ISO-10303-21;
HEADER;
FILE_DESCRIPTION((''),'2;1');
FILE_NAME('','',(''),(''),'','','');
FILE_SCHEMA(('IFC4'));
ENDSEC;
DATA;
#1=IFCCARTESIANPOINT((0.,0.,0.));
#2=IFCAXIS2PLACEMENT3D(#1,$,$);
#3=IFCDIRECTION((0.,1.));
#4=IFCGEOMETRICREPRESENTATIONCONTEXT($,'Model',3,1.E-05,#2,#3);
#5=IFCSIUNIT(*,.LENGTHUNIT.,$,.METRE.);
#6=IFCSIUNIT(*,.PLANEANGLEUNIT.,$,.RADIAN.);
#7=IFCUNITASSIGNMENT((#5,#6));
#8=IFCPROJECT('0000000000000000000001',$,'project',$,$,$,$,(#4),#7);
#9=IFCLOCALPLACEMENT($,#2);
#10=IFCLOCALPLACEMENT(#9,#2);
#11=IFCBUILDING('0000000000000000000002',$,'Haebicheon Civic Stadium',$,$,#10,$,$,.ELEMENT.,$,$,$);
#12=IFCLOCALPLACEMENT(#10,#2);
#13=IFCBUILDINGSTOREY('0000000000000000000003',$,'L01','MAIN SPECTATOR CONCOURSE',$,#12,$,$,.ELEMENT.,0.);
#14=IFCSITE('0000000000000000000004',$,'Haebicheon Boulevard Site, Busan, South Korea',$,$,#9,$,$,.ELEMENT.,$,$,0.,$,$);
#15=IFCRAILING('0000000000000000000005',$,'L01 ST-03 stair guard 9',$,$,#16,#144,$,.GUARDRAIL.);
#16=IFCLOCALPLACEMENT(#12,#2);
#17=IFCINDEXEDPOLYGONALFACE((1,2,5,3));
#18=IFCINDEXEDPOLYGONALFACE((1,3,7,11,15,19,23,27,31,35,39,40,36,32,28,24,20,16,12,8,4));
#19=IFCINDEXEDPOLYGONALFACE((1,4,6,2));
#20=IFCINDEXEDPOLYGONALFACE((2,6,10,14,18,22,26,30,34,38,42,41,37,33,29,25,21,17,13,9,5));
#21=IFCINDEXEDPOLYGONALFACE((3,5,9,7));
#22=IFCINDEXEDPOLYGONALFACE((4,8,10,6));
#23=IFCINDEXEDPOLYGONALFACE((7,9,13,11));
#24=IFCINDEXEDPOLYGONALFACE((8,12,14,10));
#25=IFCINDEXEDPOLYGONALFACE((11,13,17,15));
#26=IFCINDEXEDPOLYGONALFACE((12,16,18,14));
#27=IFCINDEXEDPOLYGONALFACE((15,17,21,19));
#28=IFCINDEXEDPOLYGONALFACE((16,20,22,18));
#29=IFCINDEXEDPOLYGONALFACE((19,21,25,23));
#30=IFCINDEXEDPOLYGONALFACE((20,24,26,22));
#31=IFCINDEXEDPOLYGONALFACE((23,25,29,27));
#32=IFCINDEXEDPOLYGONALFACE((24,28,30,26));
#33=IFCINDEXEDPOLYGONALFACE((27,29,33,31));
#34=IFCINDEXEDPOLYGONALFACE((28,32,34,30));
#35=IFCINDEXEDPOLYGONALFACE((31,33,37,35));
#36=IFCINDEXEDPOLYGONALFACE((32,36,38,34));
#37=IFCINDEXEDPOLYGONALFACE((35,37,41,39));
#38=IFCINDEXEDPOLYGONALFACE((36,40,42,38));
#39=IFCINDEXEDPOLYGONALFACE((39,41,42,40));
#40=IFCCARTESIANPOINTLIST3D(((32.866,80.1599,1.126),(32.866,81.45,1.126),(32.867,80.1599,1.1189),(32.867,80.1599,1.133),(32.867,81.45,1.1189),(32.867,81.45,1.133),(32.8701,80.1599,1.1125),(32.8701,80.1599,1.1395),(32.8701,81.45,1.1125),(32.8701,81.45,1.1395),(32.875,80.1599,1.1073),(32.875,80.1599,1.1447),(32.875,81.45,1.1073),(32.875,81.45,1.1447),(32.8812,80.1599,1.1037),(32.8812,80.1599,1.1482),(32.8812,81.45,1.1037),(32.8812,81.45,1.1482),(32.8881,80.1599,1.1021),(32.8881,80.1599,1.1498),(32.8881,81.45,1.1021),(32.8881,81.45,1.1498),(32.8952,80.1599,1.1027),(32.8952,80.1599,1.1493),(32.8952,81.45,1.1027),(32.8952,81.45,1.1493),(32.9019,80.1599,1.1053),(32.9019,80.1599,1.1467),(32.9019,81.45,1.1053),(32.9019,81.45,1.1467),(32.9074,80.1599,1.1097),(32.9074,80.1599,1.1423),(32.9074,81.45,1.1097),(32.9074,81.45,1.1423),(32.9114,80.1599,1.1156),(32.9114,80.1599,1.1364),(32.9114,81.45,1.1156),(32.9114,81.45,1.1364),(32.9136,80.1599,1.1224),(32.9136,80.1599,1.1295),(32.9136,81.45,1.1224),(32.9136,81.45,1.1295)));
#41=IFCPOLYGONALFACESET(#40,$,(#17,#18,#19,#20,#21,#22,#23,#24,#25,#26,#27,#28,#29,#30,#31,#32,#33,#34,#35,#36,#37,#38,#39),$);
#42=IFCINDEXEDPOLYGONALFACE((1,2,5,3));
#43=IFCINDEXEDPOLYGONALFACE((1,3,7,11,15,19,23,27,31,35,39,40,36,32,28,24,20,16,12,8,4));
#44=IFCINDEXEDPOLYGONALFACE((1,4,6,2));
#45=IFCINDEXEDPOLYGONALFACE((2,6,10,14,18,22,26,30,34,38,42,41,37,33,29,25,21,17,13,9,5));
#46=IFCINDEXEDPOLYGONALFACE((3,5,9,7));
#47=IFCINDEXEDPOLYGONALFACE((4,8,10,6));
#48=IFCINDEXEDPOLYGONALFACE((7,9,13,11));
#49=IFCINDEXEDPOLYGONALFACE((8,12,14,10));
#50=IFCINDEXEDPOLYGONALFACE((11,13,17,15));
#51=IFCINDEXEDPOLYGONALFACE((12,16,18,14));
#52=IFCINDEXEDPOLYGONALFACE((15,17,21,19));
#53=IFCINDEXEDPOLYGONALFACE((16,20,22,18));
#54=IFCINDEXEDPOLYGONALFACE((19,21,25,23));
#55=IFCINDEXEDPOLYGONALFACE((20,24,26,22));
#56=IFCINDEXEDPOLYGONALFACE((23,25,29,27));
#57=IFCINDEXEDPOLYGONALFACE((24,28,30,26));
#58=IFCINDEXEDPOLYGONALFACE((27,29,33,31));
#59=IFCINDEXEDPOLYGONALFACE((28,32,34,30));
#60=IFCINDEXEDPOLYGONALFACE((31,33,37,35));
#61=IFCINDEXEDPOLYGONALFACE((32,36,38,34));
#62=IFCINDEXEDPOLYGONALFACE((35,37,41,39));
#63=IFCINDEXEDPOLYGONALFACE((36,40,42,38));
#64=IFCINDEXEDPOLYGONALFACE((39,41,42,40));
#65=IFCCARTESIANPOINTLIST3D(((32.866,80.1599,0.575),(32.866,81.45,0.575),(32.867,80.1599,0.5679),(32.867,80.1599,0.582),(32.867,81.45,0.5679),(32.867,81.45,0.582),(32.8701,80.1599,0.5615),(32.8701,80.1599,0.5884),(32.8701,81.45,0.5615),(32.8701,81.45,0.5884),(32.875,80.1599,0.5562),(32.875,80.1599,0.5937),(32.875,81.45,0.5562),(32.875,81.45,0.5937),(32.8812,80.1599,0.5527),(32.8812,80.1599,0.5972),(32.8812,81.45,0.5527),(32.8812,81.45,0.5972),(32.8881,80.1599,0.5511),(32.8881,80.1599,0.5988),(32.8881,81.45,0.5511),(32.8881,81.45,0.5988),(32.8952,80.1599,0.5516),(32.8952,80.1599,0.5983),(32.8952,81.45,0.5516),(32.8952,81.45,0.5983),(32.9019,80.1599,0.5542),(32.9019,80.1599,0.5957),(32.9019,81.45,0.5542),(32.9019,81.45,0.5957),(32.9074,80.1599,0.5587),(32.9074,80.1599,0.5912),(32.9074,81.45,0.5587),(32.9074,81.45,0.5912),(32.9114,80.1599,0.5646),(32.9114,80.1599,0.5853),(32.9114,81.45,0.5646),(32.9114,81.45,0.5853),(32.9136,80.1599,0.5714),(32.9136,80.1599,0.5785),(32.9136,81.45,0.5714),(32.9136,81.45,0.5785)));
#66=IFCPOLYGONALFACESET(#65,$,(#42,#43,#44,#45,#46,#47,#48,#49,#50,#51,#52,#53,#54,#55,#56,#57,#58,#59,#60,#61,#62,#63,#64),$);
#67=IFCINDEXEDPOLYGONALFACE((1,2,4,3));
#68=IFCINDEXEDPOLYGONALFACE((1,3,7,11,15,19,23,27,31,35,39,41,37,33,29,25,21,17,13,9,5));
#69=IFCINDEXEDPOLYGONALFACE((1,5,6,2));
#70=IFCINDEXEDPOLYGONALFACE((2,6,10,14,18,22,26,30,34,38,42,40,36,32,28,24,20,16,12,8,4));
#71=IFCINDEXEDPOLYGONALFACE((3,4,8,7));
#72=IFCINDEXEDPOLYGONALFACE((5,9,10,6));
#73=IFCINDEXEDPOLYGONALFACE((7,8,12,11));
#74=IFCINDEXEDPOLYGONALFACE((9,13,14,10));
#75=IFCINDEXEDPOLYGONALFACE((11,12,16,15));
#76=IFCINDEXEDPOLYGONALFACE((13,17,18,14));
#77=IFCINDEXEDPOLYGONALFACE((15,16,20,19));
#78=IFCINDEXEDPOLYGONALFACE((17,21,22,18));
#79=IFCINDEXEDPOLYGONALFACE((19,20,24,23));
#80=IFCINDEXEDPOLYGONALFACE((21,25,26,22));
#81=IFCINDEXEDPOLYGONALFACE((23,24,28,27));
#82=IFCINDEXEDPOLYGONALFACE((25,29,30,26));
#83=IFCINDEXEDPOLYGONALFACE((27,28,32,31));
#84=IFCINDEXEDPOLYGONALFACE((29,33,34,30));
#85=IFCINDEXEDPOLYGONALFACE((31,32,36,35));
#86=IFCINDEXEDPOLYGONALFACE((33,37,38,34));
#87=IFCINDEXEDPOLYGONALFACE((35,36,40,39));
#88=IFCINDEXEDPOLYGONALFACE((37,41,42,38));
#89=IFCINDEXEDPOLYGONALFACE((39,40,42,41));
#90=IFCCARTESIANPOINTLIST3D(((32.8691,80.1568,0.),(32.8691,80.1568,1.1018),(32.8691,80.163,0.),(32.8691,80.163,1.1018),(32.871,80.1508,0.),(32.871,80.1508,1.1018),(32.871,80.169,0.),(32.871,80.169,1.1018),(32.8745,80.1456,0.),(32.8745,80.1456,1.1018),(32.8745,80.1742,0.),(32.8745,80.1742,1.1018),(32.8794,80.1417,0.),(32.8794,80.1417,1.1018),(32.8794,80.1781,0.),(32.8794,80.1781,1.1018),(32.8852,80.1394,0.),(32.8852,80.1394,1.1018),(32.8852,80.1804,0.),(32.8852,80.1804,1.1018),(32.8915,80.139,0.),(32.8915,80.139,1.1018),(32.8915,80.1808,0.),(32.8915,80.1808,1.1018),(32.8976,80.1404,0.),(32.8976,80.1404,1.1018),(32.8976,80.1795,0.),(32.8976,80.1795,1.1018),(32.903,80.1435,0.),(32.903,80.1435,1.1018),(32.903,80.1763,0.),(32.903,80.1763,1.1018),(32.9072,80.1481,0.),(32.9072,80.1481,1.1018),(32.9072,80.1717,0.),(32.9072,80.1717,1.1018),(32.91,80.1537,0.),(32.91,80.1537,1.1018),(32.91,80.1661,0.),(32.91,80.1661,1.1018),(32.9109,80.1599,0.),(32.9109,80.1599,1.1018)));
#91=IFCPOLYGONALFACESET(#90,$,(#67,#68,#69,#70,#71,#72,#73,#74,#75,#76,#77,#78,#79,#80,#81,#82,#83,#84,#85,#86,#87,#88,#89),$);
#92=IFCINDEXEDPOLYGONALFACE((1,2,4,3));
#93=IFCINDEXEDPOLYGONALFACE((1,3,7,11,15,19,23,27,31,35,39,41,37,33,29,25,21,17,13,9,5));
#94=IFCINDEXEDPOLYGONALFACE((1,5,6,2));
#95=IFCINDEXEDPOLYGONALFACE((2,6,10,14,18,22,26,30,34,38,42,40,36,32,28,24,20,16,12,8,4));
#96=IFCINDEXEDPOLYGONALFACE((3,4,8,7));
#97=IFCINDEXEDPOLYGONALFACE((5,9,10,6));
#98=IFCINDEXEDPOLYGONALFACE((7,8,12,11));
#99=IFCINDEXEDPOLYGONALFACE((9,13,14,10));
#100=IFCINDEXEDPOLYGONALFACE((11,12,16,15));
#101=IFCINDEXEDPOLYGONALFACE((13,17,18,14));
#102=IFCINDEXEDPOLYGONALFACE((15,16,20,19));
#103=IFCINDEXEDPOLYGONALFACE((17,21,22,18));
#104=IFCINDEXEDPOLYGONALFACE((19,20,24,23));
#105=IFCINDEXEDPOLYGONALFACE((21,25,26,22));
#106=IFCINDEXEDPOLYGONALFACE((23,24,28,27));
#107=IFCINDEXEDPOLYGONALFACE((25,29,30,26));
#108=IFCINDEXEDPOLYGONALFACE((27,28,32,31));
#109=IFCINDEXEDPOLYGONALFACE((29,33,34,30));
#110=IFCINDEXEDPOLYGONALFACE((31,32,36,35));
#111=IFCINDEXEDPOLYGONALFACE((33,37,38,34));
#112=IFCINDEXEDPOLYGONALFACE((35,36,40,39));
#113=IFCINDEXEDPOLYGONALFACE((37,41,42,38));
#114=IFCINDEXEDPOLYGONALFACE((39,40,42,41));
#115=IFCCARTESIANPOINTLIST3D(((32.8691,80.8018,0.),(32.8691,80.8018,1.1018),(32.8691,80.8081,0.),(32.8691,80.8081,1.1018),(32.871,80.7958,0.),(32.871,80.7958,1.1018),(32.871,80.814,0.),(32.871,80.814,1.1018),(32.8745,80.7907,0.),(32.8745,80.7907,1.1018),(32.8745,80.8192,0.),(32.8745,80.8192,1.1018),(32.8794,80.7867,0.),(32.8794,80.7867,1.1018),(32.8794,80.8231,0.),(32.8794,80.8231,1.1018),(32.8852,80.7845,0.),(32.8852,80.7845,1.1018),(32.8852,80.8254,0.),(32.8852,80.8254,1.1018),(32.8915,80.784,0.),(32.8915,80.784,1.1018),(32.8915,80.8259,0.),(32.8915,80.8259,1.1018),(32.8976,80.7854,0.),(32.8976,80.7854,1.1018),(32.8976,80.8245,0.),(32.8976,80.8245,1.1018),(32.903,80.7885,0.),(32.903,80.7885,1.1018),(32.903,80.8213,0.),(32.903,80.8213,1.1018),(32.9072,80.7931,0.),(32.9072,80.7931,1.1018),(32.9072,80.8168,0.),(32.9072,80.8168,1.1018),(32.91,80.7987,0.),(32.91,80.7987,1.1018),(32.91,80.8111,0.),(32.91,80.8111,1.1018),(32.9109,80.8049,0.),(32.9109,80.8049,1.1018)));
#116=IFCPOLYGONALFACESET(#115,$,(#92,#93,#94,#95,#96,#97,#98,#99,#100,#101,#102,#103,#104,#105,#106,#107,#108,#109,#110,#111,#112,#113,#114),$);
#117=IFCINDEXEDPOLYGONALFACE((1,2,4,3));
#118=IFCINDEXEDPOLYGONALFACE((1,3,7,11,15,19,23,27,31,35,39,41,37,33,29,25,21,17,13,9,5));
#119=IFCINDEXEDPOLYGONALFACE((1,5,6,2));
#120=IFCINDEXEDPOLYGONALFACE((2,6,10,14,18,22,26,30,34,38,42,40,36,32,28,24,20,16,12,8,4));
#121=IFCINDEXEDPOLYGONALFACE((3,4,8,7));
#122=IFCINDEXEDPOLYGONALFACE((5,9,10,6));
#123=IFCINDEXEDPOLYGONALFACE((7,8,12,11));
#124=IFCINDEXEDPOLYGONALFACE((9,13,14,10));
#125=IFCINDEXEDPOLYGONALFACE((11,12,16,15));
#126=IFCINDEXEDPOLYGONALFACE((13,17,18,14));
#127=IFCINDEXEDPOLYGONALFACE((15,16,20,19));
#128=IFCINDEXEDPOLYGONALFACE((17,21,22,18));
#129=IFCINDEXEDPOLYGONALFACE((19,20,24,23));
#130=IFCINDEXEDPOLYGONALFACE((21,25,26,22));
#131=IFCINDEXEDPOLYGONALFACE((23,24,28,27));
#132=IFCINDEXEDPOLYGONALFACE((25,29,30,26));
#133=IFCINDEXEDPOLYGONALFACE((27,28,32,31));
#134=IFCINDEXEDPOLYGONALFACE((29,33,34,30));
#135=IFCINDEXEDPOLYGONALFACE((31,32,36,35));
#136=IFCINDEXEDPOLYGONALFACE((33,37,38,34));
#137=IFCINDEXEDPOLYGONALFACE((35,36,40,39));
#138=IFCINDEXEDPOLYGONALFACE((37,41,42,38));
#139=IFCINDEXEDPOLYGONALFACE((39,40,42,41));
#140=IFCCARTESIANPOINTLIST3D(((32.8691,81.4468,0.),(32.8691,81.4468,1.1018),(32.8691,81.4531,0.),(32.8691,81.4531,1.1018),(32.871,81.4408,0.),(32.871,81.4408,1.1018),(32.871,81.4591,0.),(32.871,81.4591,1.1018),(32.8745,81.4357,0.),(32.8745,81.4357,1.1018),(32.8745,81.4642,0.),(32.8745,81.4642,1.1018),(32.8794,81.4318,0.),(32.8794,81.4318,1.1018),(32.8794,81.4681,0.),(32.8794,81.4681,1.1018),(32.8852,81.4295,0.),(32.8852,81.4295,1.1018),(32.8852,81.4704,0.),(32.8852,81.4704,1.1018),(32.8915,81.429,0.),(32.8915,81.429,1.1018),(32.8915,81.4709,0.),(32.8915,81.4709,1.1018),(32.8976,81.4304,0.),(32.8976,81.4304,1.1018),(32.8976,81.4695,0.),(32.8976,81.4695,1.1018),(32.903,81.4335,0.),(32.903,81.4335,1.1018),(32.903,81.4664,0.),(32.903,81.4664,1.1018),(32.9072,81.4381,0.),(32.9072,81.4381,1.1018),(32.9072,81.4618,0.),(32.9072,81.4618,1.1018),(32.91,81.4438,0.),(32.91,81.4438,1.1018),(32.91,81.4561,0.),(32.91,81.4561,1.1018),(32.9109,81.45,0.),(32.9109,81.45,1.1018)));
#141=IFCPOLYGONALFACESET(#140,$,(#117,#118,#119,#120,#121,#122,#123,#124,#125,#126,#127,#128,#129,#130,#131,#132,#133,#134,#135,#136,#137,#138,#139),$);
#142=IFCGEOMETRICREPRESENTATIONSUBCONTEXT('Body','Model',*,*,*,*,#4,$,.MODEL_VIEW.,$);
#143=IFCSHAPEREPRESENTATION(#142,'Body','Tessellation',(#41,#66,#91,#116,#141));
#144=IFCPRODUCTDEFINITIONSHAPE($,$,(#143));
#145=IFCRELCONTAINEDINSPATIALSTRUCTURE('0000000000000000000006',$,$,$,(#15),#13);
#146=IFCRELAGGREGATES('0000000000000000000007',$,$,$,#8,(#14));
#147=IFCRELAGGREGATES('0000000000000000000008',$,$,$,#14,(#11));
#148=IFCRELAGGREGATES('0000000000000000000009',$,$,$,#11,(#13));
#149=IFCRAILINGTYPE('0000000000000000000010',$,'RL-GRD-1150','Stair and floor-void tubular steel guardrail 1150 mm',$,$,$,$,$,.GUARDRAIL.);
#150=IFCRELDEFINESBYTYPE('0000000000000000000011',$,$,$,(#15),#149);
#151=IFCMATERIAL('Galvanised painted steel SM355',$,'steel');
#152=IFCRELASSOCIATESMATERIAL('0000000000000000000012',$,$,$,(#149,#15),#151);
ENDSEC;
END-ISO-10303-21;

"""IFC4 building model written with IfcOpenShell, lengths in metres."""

from ifc_helpers import new_model, si_unit, direction, frame, origin, origin_2d, place, context, subcontext, project, spatial, circle, extrude, material, type_object, element, save


model = new_model("IFC4")

# Units and contexts
model_context = context("Model", 3, precision=1e-05, world=origin(), true_north=direction((0.0, 1.0)))
body_context = subcontext(model_context, "Body", "Model", "MODEL_VIEW")
ifc_project = project(units=[si_unit("LENGTHUNIT", "METRE"), si_unit("PLANEANGLEUNIT", "RADIAN")], contexts=[model_context])

# Site, building, storey
site_placement = place(None, origin())
site = spatial("IfcSite", under=ifc_project, at=site_placement, Name="Haebicheon Boulevard Site, Busan, South Korea", CompositionType="ELEMENT", RefElevation=0.0)
building_placement = place(site_placement, origin())
building = spatial("IfcBuilding", under=site, at=building_placement, Name="Haebicheon Civic Stadium", CompositionType="ELEMENT")
storey_placement = place(building_placement, origin())
storey = spatial("IfcBuildingStorey", under=building, at=storey_placement, Name="L01", Description="MAIN SPECTATOR CONCOURSE", CompositionType="ELEMENT", Elevation=0.0)

# Railing
ifc_material_1 = material(Name="Galvanised painted steel SM355", Category="steel")
railing_type = type_object("IfcRailingType", Name="RL-GRD-1150", Description="Stair and floor-void tubular steel guardrail 1150 mm", PredefinedType="GUARDRAIL", material=ifc_material_1)
for number, where, name in (
    (1, (32.8899, 80.1599, 0.0), "L01 ST-03 stair guard 9"),
):
    element("IfcRailing", number, at=place(storey_placement, frame(where)), inside=storey, type_object=railing_type, material=ifc_material_1, Name=name, PredefinedType="GUARDRAIL", context=body_context, shape_type="SweptSolid", body=[
        extrude(circle(Radius=0.0239, at=origin_2d()), frame((0.0, 0.0, 1.126), z_axis=(0.0, 1.0, 0.0), x_axis=(-1.0, 0.0, 0.0)), (0.0, 0.0, 1.0), 1.29),
        extrude(circle(Radius=0.0239, at=origin_2d()), frame((0.0, 0.0, 0.575), z_axis=(0.0, 1.0, 0.0), x_axis=(-1.0, 0.0, 0.0)), (0.0, 0.0, 1.0), 1.29),
        extrude(circle(Radius=0.021, at=origin_2d()), origin(), (0.0, 0.0, 1.0), 1.1018),
        extrude(circle(Radius=0.021, at=origin_2d()), frame((0.0, 0.645, 0.0)), (0.0, 0.0, 1.0), 1.1018),
        extrude(circle(Radius=0.021, at=origin_2d()), frame((0.0, 1.29, 0.0)), (0.0, 0.0, 1.0), 1.1018),
    ])

save(model, "model.ifc")
